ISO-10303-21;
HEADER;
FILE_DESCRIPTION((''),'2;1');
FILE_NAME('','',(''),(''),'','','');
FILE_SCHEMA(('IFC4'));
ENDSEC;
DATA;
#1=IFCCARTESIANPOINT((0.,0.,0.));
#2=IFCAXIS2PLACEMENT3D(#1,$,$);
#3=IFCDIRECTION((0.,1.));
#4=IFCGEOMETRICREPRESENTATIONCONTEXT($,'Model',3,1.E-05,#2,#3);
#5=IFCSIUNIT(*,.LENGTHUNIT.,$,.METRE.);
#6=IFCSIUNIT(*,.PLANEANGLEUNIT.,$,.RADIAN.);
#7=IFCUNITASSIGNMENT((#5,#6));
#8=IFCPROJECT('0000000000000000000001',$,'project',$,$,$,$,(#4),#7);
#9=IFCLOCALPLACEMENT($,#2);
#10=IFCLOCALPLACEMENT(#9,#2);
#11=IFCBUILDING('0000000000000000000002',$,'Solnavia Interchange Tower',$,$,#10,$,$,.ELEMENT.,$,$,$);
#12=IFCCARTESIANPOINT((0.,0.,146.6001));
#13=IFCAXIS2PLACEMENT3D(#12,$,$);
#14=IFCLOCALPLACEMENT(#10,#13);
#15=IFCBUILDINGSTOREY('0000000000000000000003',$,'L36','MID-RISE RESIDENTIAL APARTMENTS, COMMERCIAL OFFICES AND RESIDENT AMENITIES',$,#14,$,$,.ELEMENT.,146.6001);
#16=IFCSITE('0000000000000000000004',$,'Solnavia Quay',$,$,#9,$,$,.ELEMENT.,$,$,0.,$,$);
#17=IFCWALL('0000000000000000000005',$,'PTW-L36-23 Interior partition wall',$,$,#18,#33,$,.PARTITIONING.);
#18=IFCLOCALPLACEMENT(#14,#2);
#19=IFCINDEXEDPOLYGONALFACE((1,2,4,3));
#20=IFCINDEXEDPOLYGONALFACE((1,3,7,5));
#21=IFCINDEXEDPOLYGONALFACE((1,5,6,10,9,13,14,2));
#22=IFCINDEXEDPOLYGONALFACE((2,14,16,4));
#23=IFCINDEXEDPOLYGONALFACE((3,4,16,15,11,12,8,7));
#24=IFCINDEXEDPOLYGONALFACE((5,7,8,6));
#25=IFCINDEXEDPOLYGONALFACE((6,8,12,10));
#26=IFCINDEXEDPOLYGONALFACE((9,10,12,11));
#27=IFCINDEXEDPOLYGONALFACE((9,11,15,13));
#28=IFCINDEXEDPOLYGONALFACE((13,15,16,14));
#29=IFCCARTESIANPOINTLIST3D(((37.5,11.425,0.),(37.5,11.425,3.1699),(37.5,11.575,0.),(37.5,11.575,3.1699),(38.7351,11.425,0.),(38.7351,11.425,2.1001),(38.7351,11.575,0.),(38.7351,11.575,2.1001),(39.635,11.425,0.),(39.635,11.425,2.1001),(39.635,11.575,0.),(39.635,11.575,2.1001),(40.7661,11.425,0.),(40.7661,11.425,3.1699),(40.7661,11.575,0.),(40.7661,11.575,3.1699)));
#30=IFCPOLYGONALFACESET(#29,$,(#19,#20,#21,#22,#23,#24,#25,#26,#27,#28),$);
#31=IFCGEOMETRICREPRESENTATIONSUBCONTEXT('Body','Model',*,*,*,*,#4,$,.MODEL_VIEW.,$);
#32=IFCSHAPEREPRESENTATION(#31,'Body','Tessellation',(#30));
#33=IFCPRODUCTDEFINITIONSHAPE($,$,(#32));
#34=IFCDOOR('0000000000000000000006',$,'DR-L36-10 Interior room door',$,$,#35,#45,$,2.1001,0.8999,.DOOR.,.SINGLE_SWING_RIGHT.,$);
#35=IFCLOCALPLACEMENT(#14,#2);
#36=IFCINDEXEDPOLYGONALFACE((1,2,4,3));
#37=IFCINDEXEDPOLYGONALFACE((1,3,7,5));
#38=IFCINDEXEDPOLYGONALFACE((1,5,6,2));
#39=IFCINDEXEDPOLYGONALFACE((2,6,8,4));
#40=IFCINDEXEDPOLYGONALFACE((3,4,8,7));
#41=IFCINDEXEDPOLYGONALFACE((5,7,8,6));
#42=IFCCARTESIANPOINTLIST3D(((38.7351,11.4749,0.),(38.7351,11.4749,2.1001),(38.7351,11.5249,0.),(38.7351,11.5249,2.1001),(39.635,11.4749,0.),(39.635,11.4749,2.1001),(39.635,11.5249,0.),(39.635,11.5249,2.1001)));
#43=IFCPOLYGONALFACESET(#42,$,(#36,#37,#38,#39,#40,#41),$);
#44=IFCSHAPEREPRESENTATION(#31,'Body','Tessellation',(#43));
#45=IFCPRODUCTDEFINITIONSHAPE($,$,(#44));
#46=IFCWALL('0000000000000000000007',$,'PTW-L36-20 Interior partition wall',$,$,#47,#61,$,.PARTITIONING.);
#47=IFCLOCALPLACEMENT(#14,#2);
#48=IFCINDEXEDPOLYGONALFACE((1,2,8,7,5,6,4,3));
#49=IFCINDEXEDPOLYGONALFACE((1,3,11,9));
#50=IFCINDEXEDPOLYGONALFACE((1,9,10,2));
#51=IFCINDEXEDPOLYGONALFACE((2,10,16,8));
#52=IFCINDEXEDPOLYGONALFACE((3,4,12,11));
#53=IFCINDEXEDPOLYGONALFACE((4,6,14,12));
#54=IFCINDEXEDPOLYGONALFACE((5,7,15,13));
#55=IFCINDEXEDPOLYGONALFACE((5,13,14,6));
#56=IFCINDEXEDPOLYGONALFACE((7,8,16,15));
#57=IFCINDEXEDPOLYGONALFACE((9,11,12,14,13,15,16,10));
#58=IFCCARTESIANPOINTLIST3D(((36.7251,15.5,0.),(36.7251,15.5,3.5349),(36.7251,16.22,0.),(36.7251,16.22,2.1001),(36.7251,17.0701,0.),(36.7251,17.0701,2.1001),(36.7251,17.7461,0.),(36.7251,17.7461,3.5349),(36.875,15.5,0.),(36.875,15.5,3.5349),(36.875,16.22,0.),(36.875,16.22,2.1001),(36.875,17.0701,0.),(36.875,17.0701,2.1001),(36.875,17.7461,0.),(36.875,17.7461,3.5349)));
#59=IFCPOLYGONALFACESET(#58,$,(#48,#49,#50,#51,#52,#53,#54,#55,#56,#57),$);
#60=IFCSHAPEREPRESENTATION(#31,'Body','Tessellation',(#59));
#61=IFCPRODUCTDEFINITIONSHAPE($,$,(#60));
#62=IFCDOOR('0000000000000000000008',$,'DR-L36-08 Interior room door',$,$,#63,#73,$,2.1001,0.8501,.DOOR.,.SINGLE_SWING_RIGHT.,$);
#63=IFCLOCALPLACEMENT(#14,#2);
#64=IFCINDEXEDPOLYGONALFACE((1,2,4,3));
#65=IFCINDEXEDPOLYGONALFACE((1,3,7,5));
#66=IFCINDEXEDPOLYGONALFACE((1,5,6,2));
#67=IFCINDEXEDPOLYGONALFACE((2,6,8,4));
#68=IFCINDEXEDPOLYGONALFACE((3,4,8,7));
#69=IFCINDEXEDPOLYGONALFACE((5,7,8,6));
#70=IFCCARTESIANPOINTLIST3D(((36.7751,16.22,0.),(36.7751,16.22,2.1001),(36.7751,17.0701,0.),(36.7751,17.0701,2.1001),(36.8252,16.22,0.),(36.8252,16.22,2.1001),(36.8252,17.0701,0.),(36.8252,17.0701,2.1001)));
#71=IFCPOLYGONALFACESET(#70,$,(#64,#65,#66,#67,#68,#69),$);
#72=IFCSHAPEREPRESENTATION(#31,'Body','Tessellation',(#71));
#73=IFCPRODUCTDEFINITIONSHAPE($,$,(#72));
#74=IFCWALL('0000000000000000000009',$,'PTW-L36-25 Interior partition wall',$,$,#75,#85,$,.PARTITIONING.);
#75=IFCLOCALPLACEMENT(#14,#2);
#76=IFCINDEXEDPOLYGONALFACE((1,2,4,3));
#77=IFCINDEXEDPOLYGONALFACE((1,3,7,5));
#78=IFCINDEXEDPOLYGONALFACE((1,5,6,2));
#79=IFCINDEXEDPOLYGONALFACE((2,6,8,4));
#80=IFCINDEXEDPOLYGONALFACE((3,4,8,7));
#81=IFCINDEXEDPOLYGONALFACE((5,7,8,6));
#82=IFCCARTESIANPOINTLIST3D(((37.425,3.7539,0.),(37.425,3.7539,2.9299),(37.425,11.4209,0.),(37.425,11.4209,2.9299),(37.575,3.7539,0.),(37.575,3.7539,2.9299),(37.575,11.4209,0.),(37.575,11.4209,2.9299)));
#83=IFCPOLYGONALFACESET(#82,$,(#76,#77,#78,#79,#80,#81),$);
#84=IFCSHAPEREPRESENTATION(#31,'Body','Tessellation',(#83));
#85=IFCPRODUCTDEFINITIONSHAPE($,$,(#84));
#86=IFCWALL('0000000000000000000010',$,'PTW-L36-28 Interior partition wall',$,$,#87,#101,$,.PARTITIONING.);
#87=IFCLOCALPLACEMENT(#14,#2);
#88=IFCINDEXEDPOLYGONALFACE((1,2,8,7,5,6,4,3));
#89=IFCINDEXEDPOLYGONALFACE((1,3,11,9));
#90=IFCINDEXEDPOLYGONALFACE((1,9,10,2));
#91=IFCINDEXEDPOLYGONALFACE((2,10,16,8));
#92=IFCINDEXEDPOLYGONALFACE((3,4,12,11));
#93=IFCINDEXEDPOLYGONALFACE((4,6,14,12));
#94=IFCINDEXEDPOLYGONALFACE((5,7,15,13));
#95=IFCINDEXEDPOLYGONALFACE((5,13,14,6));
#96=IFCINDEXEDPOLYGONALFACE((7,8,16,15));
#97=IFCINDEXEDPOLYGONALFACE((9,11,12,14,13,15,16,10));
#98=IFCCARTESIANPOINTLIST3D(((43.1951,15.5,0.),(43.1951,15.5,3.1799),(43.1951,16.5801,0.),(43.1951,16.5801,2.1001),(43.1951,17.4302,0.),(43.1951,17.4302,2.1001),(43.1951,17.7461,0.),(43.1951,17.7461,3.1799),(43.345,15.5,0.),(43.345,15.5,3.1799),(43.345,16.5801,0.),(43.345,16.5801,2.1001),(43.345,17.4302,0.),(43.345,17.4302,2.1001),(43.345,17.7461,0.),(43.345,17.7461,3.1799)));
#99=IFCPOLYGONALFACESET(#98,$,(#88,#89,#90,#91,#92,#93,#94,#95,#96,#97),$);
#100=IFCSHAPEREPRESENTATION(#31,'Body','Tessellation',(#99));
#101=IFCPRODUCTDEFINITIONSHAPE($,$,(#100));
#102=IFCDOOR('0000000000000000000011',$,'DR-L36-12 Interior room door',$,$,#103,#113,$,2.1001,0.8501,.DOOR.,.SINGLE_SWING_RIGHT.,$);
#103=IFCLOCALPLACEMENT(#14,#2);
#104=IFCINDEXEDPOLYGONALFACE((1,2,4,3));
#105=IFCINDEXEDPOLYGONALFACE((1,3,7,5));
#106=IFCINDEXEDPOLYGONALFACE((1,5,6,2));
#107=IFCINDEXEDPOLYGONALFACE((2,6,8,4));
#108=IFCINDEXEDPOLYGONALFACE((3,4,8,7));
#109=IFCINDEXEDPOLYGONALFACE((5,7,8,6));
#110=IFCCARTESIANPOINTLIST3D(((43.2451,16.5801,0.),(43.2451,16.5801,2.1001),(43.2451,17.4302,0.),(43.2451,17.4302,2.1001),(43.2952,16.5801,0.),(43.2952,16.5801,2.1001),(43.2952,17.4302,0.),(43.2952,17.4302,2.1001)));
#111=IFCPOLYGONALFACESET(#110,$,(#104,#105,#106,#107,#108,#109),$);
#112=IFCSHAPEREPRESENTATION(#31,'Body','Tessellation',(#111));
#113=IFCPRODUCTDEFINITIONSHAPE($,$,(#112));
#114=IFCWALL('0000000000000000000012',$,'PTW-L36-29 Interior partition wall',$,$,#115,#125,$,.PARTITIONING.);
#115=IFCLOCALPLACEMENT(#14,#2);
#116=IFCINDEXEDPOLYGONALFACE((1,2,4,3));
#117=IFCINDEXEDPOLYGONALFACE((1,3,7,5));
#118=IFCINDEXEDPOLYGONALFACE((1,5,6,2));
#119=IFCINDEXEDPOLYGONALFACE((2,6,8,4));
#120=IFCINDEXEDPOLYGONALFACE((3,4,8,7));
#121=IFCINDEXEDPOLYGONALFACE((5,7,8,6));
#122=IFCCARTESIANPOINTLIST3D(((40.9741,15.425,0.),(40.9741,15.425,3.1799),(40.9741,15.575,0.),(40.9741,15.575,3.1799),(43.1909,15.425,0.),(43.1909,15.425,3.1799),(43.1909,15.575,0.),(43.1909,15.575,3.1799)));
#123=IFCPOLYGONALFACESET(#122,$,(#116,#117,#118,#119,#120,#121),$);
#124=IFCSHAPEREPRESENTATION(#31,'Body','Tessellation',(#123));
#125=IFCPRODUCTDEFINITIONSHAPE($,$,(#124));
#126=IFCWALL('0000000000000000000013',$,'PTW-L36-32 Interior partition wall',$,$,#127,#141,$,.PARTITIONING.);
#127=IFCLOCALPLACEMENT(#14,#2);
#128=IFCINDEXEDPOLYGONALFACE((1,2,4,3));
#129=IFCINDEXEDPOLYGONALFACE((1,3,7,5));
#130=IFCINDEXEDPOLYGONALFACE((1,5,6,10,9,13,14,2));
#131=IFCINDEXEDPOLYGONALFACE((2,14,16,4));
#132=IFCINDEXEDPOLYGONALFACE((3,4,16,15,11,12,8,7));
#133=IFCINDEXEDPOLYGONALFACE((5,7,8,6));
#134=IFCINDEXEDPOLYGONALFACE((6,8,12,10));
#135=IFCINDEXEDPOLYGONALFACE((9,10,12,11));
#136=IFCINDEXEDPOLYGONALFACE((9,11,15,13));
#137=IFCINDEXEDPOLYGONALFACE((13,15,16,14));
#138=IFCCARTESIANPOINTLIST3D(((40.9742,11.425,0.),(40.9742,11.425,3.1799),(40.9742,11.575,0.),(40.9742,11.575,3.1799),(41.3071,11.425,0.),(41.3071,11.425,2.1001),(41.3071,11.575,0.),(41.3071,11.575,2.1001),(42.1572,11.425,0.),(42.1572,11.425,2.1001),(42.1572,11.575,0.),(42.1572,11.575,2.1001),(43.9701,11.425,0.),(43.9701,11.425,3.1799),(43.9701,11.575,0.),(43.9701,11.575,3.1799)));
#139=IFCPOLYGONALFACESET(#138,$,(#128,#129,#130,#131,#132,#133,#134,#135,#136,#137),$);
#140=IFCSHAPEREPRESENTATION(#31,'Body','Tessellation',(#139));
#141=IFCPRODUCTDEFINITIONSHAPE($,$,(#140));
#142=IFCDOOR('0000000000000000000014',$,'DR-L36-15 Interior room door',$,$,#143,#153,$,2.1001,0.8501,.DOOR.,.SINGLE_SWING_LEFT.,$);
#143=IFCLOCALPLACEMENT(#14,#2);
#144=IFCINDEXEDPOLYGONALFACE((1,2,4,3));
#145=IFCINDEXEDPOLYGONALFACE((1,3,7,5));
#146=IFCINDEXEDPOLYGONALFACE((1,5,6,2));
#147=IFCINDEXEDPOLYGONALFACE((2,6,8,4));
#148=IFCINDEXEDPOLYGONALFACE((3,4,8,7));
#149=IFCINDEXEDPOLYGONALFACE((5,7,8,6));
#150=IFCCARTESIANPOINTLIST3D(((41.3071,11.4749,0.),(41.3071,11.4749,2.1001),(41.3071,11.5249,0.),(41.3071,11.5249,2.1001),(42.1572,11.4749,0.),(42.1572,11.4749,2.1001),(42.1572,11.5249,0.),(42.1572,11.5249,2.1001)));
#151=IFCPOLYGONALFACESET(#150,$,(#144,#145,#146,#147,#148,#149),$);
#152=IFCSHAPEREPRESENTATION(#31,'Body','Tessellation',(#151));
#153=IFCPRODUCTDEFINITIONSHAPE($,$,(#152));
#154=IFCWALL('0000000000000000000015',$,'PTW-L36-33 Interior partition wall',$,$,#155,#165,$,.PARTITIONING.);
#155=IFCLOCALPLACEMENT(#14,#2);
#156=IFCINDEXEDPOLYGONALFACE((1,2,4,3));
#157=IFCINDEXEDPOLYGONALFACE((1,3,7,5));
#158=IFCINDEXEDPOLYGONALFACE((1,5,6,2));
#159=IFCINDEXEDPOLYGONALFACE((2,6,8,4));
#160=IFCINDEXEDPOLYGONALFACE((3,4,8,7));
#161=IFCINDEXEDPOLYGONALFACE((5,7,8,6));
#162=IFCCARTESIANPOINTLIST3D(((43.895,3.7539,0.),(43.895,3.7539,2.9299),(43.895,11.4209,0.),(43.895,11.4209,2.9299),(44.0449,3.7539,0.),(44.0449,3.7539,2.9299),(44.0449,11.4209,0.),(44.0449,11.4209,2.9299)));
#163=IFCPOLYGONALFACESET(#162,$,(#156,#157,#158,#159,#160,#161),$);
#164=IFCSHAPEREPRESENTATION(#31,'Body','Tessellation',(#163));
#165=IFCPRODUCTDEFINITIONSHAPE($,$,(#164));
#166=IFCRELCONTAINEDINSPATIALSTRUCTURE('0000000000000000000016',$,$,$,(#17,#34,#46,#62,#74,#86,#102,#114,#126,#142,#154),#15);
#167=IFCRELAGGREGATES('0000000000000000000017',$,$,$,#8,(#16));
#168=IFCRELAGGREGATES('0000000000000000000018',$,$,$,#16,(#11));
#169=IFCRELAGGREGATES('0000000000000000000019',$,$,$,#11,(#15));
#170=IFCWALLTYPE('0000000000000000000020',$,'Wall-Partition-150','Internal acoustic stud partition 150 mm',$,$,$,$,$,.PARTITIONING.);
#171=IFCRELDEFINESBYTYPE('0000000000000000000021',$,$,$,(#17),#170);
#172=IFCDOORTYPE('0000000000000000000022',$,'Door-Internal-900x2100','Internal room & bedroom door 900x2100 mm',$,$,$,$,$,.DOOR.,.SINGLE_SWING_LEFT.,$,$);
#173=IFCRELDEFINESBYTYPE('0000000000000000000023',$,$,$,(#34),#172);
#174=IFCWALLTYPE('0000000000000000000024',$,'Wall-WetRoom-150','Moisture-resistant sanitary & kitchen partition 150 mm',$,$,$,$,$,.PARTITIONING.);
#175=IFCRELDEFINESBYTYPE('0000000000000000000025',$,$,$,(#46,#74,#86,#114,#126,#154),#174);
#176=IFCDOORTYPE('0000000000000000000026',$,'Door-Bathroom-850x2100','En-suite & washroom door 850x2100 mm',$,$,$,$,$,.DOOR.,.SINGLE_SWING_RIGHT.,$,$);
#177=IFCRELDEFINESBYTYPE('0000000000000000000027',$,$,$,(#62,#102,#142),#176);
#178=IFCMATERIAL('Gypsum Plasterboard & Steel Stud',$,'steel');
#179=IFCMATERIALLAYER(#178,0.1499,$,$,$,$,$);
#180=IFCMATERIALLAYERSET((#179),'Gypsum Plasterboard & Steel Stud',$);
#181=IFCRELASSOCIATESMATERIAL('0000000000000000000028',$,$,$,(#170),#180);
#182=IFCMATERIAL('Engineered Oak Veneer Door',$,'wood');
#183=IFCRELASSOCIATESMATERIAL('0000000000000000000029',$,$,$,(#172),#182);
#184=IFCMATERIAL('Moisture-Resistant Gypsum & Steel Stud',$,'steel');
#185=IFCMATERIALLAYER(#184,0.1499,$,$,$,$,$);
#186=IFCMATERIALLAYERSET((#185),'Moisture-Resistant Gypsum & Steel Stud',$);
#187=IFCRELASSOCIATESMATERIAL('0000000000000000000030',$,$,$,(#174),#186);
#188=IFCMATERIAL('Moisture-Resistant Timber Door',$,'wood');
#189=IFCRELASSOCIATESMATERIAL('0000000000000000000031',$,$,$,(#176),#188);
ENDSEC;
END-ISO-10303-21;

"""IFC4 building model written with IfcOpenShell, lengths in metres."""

from ifc_helpers import new_model, si_unit, direction, frame, frame_2d, origin, place, context, subcontext, project, spatial, rectangle, extrude, material, layer, layer_set, type_object, element, fill, save


model = new_model("IFC4")

# Units and contexts
model_context = context("Model", 3, precision=1e-05, world=origin(), true_north=direction((0.0, 1.0)))
body_context = subcontext(model_context, "Body", "Model", "MODEL_VIEW")
ifc_project = project(units=[si_unit("LENGTHUNIT", "METRE"), si_unit("PLANEANGLEUNIT", "RADIAN")], contexts=[model_context])

# Site, building, storey
site_placement = place(None, origin())
site = spatial("IfcSite", under=ifc_project, at=site_placement, Name="Solnavia Quay", CompositionType="ELEMENT", RefElevation=0.0)
building_placement = place(site_placement, origin())
building = spatial("IfcBuilding", under=site, at=building_placement, Name="Solnavia Interchange Tower", CompositionType="ELEMENT")
storey_placement = place(building_placement, frame((0.0, 0.0, 146.6001)))
storey = spatial("IfcBuildingStorey", under=building, at=storey_placement, Name="L36", Description="MID-RISE RESIDENTIAL APARTMENTS, COMMERCIAL OFFICES AND RESIDENT AMENITIES", CompositionType="ELEMENT", Elevation=146.6001)

# Walls, openings, doors
ifc_material_1 = material(Name="Gypsum Plasterboard & Steel Stud", Category="steel")
ifc_layer_1 = layer(ifc_material_1, 0.1499)
ifc_layer_set_1 = layer_set([ifc_layer_1], Name="Gypsum Plasterboard & Steel Stud")
wall_type_1 = type_object("IfcWallType", Name="Wall-Partition-150", Description="Internal acoustic stud partition 150 mm", PredefinedType="PARTITIONING", material=ifc_layer_set_1)
wall_1_placement = place(storey_placement, frame((37.5, 11.5, 0.0), z_axis=(0.0, 0.0, 1.0), x_axis=(1.0, 0.0, 0.0)))
wall_1 = element("IfcWall", 1, at=wall_1_placement, inside=storey, type_object=wall_type_1, Name="PTW-L36-23 Interior partition wall", PredefinedType="PARTITIONING", context=body_context, shape_type="SweptSolid", body=[
    extrude(rectangle(XDim=3.2661, YDim=0.1499, at=frame_2d((1.6331, 0.0))), origin(), (0.0, 0.0, 1.0), 3.1699),
])
opening_1_placement = place(wall_1_placement, frame((1.2351, 0.0, 0.0)))
opening_1 = element("IfcOpeningElement", 2, at=opening_1_placement, cuts=wall_1, PredefinedType="OPENING", context=body_context, shape_type="SweptSolid", body=[
    extrude(rectangle(XDim=0.8999, YDim=2.1001, at=frame_2d((0.45, 1.05))), frame((0.0, 0.085, 0.0), z_axis=(0.0, -1.0, 0.0), x_axis=(1.0, 0.0, 0.0)), (0.0, 0.0, 1.0), 0.1699),
])
ifc_material_2 = material(Name="Engineered Oak Veneer Door", Category="wood")
door_type_1 = type_object("IfcDoorType", Name="Door-Internal-900x2100", Description="Internal room & bedroom door 900x2100 mm", OperationType="SINGLE_SWING_LEFT", PredefinedType="DOOR", material=ifc_material_2)
door_1_placement = place(opening_1_placement, origin())
door_1 = element("IfcDoor", 3, at=door_1_placement, inside=storey, type_object=door_type_1, Name="DR-L36-10 Interior room door", OperationType="SINGLE_SWING_RIGHT", OverallHeight=2.1001, OverallWidth=0.8999, PredefinedType="DOOR", context=body_context, shape_type="SweptSolid", body=[
    extrude(rectangle(XDim=0.8999, YDim=2.1001, at=frame_2d((0.45, 1.05))), frame((0.0, 0.0249, 0.0), z_axis=(0.0, -1.0, 0.0), x_axis=(1.0, 0.0, 0.0)), (0.0, 0.0, 1.0), 0.05),
])
fill(opening_1, door_1)
ifc_material_3 = material(Name="Moisture-Resistant Gypsum & Steel Stud", Category="steel")
ifc_layer_2 = layer(ifc_material_3, 0.1499)
ifc_layer_set_2 = layer_set([ifc_layer_2], Name="Moisture-Resistant Gypsum & Steel Stud")
wall_type_2 = type_object("IfcWallType", Name="Wall-WetRoom-150", Description="Moisture-resistant sanitary & kitchen partition 150 mm", PredefinedType="PARTITIONING", material=ifc_layer_set_2)
wall_2_placement = place(storey_placement, frame((36.8, 15.5, 0.0), z_axis=(0.0, 0.0, 1.0), x_axis=(0.0, 1.0, 0.0)))
wall_2 = element("IfcWall", 4, at=wall_2_placement, inside=storey, type_object=wall_type_2, Name="PTW-L36-20 Interior partition wall", PredefinedType="PARTITIONING", context=body_context, shape_type="SweptSolid", body=[
    extrude(rectangle(XDim=2.2461, YDim=0.1499, at=frame_2d((1.123, 0.0))), origin(), (0.0, 0.0, 1.0), 3.5349),
])
opening_2_placement = place(wall_2_placement, frame((0.72, 0.0, 0.0)))
opening_2 = element("IfcOpeningElement", 5, at=opening_2_placement, cuts=wall_2, PredefinedType="OPENING", context=body_context, shape_type="SweptSolid", body=[
    extrude(rectangle(XDim=0.8501, YDim=2.1001, at=frame_2d((0.425, 1.05))), frame((0.0, 0.085, 0.0), z_axis=(0.0, -1.0, 0.0), x_axis=(1.0, 0.0, 0.0)), (0.0, 0.0, 1.0), 0.1699),
])
ifc_material_4 = material(Name="Moisture-Resistant Timber Door", Category="wood")
door_type_2 = type_object("IfcDoorType", Name="Door-Bathroom-850x2100", Description="En-suite & washroom door 850x2100 mm", OperationType="SINGLE_SWING_RIGHT", PredefinedType="DOOR", material=ifc_material_4)
door_2_placement = place(opening_2_placement, origin())
door_2 = element("IfcDoor", 6, at=door_2_placement, inside=storey, type_object=door_type_2, Name="DR-L36-08 Interior room door", OperationType="SINGLE_SWING_RIGHT", OverallHeight=2.1001, OverallWidth=0.8501, PredefinedType="DOOR", context=body_context, shape_type="SweptSolid", body=[
    extrude(rectangle(XDim=0.8501, YDim=2.1001, at=frame_2d((0.425, 1.05))), frame((0.0, 0.0249, 0.0), z_axis=(0.0, -1.0, 0.0), x_axis=(1.0, 0.0, 0.0)), (0.0, 0.0, 1.0), 0.05),
])
fill(opening_2, door_2)

# Wall
wall_3_placement = place(storey_placement, frame((37.5, 3.7539, 0.0), z_axis=(0.0, 0.0, 1.0), x_axis=(0.0, 1.0, 0.0)))
element("IfcWall", 7, at=wall_3_placement, inside=storey, type_object=wall_type_2, Name="PTW-L36-25 Interior partition wall", PredefinedType="PARTITIONING", context=body_context, shape_type="SweptSolid", body=[
    extrude(rectangle(XDim=7.667, YDim=0.1499, at=frame_2d((3.8335, 0.0))), origin(), (0.0, 0.0, 1.0), 2.9299),
])

# Wall, opening, door
wall_4_placement = place(storey_placement, frame((43.27, 15.5, 0.0), z_axis=(0.0, 0.0, 1.0), x_axis=(0.0, 1.0, 0.0)))
wall_4 = element("IfcWall", 8, at=wall_4_placement, inside=storey, type_object=wall_type_2, Name="PTW-L36-28 Interior partition wall", PredefinedType="PARTITIONING", context=body_context, shape_type="SweptSolid", body=[
    extrude(rectangle(XDim=2.2461, YDim=0.1499, at=frame_2d((1.123, 0.0))), origin(), (0.0, 0.0, 1.0), 3.1799),
])
opening_3_placement = place(wall_4_placement, frame((1.0801, 0.0, 0.0)))
opening_3 = element("IfcOpeningElement", 9, at=opening_3_placement, cuts=wall_4, PredefinedType="OPENING", context=body_context, shape_type="SweptSolid", body=[
    extrude(rectangle(XDim=0.8501, YDim=2.1001, at=frame_2d((0.425, 1.05))), frame((0.0, 0.085, 0.0), z_axis=(0.0, -1.0, 0.0), x_axis=(1.0, 0.0, 0.0)), (0.0, 0.0, 1.0), 0.1699),
])
door_3_placement = place(opening_3_placement, origin())
door_3 = element("IfcDoor", 10, at=door_3_placement, inside=storey, type_object=door_type_2, Name="DR-L36-12 Interior room door", OperationType="SINGLE_SWING_RIGHT", OverallHeight=2.1001, OverallWidth=0.8501, PredefinedType="DOOR", context=body_context, shape_type="SweptSolid", body=[
    extrude(rectangle(XDim=0.8501, YDim=2.1001, at=frame_2d((0.425, 1.05))), frame((0.0, 0.0249, 0.0), z_axis=(0.0, -1.0, 0.0), x_axis=(1.0, 0.0, 0.0)), (0.0, 0.0, 1.0), 0.05),
])
fill(opening_3, door_3)

# Wall
wall_5_placement = place(storey_placement, frame((40.9741, 15.5, 0.0), z_axis=(0.0, 0.0, 1.0), x_axis=(1.0, 0.0, 0.0)))
element("IfcWall", 11, at=wall_5_placement, inside=storey, type_object=wall_type_2, Name="PTW-L36-29 Interior partition wall", PredefinedType="PARTITIONING", context=body_context, shape_type="SweptSolid", body=[
    extrude(rectangle(XDim=2.2168, YDim=0.1499, at=frame_2d((1.1084, 0.0))), origin(), (0.0, 0.0, 1.0), 3.1799),
])

# Wall, opening, door
wall_6_placement = place(storey_placement, frame((40.9741, 11.5, 0.0), z_axis=(0.0, 0.0, 1.0), x_axis=(1.0, 0.0, 0.0)))
wall_6 = element("IfcWall", 12, at=wall_6_placement, inside=storey, type_object=wall_type_2, Name="PTW-L36-32 Interior partition wall", PredefinedType="PARTITIONING", context=body_context, shape_type="SweptSolid", body=[
    extrude(rectangle(XDim=2.9958, YDim=0.1499, at=frame_2d((1.498, 0.0))), origin(), (0.0, 0.0, 1.0), 3.1799),
])
opening_4_placement = place(wall_6_placement, frame((0.333, 0.0, 0.0)))
opening_4 = element("IfcOpeningElement", 13, at=opening_4_placement, cuts=wall_6, PredefinedType="OPENING", context=body_context, shape_type="SweptSolid", body=[
    extrude(rectangle(XDim=0.8501, YDim=2.1001, at=frame_2d((0.425, 1.05))), frame((0.0, 0.085, 0.0), z_axis=(0.0, -1.0, 0.0), x_axis=(1.0, 0.0, 0.0)), (0.0, 0.0, 1.0), 0.1699),
])
door_4_placement = place(opening_4_placement, origin())
door_4 = element("IfcDoor", 14, at=door_4_placement, inside=storey, type_object=door_type_2, Name="DR-L36-15 Interior room door", OperationType="SINGLE_SWING_LEFT", OverallHeight=2.1001, OverallWidth=0.8501, PredefinedType="DOOR", context=body_context, shape_type="SweptSolid", body=[
    extrude(rectangle(XDim=0.8501, YDim=2.1001, at=frame_2d((0.425, 1.05))), frame((0.0, 0.0249, 0.0), z_axis=(0.0, -1.0, 0.0), x_axis=(1.0, 0.0, 0.0)), (0.0, 0.0, 1.0), 0.05),
])
fill(opening_4, door_4)

# Wall
wall_7_placement = place(storey_placement, frame((43.97, 3.7539, 0.0), z_axis=(0.0, 0.0, 1.0), x_axis=(0.0, 1.0, 0.0)))
element("IfcWall", 15, at=wall_7_placement, inside=storey, type_object=wall_type_2, Name="PTW-L36-33 Interior partition wall", PredefinedType="PARTITIONING", context=body_context, shape_type="SweptSolid", body=[
    extrude(rectangle(XDim=7.667, YDim=0.1499, at=frame_2d((3.8335, 0.0))), origin(), (0.0, 0.0, 1.0), 2.9299),
])

save(model, "model.ifc")
